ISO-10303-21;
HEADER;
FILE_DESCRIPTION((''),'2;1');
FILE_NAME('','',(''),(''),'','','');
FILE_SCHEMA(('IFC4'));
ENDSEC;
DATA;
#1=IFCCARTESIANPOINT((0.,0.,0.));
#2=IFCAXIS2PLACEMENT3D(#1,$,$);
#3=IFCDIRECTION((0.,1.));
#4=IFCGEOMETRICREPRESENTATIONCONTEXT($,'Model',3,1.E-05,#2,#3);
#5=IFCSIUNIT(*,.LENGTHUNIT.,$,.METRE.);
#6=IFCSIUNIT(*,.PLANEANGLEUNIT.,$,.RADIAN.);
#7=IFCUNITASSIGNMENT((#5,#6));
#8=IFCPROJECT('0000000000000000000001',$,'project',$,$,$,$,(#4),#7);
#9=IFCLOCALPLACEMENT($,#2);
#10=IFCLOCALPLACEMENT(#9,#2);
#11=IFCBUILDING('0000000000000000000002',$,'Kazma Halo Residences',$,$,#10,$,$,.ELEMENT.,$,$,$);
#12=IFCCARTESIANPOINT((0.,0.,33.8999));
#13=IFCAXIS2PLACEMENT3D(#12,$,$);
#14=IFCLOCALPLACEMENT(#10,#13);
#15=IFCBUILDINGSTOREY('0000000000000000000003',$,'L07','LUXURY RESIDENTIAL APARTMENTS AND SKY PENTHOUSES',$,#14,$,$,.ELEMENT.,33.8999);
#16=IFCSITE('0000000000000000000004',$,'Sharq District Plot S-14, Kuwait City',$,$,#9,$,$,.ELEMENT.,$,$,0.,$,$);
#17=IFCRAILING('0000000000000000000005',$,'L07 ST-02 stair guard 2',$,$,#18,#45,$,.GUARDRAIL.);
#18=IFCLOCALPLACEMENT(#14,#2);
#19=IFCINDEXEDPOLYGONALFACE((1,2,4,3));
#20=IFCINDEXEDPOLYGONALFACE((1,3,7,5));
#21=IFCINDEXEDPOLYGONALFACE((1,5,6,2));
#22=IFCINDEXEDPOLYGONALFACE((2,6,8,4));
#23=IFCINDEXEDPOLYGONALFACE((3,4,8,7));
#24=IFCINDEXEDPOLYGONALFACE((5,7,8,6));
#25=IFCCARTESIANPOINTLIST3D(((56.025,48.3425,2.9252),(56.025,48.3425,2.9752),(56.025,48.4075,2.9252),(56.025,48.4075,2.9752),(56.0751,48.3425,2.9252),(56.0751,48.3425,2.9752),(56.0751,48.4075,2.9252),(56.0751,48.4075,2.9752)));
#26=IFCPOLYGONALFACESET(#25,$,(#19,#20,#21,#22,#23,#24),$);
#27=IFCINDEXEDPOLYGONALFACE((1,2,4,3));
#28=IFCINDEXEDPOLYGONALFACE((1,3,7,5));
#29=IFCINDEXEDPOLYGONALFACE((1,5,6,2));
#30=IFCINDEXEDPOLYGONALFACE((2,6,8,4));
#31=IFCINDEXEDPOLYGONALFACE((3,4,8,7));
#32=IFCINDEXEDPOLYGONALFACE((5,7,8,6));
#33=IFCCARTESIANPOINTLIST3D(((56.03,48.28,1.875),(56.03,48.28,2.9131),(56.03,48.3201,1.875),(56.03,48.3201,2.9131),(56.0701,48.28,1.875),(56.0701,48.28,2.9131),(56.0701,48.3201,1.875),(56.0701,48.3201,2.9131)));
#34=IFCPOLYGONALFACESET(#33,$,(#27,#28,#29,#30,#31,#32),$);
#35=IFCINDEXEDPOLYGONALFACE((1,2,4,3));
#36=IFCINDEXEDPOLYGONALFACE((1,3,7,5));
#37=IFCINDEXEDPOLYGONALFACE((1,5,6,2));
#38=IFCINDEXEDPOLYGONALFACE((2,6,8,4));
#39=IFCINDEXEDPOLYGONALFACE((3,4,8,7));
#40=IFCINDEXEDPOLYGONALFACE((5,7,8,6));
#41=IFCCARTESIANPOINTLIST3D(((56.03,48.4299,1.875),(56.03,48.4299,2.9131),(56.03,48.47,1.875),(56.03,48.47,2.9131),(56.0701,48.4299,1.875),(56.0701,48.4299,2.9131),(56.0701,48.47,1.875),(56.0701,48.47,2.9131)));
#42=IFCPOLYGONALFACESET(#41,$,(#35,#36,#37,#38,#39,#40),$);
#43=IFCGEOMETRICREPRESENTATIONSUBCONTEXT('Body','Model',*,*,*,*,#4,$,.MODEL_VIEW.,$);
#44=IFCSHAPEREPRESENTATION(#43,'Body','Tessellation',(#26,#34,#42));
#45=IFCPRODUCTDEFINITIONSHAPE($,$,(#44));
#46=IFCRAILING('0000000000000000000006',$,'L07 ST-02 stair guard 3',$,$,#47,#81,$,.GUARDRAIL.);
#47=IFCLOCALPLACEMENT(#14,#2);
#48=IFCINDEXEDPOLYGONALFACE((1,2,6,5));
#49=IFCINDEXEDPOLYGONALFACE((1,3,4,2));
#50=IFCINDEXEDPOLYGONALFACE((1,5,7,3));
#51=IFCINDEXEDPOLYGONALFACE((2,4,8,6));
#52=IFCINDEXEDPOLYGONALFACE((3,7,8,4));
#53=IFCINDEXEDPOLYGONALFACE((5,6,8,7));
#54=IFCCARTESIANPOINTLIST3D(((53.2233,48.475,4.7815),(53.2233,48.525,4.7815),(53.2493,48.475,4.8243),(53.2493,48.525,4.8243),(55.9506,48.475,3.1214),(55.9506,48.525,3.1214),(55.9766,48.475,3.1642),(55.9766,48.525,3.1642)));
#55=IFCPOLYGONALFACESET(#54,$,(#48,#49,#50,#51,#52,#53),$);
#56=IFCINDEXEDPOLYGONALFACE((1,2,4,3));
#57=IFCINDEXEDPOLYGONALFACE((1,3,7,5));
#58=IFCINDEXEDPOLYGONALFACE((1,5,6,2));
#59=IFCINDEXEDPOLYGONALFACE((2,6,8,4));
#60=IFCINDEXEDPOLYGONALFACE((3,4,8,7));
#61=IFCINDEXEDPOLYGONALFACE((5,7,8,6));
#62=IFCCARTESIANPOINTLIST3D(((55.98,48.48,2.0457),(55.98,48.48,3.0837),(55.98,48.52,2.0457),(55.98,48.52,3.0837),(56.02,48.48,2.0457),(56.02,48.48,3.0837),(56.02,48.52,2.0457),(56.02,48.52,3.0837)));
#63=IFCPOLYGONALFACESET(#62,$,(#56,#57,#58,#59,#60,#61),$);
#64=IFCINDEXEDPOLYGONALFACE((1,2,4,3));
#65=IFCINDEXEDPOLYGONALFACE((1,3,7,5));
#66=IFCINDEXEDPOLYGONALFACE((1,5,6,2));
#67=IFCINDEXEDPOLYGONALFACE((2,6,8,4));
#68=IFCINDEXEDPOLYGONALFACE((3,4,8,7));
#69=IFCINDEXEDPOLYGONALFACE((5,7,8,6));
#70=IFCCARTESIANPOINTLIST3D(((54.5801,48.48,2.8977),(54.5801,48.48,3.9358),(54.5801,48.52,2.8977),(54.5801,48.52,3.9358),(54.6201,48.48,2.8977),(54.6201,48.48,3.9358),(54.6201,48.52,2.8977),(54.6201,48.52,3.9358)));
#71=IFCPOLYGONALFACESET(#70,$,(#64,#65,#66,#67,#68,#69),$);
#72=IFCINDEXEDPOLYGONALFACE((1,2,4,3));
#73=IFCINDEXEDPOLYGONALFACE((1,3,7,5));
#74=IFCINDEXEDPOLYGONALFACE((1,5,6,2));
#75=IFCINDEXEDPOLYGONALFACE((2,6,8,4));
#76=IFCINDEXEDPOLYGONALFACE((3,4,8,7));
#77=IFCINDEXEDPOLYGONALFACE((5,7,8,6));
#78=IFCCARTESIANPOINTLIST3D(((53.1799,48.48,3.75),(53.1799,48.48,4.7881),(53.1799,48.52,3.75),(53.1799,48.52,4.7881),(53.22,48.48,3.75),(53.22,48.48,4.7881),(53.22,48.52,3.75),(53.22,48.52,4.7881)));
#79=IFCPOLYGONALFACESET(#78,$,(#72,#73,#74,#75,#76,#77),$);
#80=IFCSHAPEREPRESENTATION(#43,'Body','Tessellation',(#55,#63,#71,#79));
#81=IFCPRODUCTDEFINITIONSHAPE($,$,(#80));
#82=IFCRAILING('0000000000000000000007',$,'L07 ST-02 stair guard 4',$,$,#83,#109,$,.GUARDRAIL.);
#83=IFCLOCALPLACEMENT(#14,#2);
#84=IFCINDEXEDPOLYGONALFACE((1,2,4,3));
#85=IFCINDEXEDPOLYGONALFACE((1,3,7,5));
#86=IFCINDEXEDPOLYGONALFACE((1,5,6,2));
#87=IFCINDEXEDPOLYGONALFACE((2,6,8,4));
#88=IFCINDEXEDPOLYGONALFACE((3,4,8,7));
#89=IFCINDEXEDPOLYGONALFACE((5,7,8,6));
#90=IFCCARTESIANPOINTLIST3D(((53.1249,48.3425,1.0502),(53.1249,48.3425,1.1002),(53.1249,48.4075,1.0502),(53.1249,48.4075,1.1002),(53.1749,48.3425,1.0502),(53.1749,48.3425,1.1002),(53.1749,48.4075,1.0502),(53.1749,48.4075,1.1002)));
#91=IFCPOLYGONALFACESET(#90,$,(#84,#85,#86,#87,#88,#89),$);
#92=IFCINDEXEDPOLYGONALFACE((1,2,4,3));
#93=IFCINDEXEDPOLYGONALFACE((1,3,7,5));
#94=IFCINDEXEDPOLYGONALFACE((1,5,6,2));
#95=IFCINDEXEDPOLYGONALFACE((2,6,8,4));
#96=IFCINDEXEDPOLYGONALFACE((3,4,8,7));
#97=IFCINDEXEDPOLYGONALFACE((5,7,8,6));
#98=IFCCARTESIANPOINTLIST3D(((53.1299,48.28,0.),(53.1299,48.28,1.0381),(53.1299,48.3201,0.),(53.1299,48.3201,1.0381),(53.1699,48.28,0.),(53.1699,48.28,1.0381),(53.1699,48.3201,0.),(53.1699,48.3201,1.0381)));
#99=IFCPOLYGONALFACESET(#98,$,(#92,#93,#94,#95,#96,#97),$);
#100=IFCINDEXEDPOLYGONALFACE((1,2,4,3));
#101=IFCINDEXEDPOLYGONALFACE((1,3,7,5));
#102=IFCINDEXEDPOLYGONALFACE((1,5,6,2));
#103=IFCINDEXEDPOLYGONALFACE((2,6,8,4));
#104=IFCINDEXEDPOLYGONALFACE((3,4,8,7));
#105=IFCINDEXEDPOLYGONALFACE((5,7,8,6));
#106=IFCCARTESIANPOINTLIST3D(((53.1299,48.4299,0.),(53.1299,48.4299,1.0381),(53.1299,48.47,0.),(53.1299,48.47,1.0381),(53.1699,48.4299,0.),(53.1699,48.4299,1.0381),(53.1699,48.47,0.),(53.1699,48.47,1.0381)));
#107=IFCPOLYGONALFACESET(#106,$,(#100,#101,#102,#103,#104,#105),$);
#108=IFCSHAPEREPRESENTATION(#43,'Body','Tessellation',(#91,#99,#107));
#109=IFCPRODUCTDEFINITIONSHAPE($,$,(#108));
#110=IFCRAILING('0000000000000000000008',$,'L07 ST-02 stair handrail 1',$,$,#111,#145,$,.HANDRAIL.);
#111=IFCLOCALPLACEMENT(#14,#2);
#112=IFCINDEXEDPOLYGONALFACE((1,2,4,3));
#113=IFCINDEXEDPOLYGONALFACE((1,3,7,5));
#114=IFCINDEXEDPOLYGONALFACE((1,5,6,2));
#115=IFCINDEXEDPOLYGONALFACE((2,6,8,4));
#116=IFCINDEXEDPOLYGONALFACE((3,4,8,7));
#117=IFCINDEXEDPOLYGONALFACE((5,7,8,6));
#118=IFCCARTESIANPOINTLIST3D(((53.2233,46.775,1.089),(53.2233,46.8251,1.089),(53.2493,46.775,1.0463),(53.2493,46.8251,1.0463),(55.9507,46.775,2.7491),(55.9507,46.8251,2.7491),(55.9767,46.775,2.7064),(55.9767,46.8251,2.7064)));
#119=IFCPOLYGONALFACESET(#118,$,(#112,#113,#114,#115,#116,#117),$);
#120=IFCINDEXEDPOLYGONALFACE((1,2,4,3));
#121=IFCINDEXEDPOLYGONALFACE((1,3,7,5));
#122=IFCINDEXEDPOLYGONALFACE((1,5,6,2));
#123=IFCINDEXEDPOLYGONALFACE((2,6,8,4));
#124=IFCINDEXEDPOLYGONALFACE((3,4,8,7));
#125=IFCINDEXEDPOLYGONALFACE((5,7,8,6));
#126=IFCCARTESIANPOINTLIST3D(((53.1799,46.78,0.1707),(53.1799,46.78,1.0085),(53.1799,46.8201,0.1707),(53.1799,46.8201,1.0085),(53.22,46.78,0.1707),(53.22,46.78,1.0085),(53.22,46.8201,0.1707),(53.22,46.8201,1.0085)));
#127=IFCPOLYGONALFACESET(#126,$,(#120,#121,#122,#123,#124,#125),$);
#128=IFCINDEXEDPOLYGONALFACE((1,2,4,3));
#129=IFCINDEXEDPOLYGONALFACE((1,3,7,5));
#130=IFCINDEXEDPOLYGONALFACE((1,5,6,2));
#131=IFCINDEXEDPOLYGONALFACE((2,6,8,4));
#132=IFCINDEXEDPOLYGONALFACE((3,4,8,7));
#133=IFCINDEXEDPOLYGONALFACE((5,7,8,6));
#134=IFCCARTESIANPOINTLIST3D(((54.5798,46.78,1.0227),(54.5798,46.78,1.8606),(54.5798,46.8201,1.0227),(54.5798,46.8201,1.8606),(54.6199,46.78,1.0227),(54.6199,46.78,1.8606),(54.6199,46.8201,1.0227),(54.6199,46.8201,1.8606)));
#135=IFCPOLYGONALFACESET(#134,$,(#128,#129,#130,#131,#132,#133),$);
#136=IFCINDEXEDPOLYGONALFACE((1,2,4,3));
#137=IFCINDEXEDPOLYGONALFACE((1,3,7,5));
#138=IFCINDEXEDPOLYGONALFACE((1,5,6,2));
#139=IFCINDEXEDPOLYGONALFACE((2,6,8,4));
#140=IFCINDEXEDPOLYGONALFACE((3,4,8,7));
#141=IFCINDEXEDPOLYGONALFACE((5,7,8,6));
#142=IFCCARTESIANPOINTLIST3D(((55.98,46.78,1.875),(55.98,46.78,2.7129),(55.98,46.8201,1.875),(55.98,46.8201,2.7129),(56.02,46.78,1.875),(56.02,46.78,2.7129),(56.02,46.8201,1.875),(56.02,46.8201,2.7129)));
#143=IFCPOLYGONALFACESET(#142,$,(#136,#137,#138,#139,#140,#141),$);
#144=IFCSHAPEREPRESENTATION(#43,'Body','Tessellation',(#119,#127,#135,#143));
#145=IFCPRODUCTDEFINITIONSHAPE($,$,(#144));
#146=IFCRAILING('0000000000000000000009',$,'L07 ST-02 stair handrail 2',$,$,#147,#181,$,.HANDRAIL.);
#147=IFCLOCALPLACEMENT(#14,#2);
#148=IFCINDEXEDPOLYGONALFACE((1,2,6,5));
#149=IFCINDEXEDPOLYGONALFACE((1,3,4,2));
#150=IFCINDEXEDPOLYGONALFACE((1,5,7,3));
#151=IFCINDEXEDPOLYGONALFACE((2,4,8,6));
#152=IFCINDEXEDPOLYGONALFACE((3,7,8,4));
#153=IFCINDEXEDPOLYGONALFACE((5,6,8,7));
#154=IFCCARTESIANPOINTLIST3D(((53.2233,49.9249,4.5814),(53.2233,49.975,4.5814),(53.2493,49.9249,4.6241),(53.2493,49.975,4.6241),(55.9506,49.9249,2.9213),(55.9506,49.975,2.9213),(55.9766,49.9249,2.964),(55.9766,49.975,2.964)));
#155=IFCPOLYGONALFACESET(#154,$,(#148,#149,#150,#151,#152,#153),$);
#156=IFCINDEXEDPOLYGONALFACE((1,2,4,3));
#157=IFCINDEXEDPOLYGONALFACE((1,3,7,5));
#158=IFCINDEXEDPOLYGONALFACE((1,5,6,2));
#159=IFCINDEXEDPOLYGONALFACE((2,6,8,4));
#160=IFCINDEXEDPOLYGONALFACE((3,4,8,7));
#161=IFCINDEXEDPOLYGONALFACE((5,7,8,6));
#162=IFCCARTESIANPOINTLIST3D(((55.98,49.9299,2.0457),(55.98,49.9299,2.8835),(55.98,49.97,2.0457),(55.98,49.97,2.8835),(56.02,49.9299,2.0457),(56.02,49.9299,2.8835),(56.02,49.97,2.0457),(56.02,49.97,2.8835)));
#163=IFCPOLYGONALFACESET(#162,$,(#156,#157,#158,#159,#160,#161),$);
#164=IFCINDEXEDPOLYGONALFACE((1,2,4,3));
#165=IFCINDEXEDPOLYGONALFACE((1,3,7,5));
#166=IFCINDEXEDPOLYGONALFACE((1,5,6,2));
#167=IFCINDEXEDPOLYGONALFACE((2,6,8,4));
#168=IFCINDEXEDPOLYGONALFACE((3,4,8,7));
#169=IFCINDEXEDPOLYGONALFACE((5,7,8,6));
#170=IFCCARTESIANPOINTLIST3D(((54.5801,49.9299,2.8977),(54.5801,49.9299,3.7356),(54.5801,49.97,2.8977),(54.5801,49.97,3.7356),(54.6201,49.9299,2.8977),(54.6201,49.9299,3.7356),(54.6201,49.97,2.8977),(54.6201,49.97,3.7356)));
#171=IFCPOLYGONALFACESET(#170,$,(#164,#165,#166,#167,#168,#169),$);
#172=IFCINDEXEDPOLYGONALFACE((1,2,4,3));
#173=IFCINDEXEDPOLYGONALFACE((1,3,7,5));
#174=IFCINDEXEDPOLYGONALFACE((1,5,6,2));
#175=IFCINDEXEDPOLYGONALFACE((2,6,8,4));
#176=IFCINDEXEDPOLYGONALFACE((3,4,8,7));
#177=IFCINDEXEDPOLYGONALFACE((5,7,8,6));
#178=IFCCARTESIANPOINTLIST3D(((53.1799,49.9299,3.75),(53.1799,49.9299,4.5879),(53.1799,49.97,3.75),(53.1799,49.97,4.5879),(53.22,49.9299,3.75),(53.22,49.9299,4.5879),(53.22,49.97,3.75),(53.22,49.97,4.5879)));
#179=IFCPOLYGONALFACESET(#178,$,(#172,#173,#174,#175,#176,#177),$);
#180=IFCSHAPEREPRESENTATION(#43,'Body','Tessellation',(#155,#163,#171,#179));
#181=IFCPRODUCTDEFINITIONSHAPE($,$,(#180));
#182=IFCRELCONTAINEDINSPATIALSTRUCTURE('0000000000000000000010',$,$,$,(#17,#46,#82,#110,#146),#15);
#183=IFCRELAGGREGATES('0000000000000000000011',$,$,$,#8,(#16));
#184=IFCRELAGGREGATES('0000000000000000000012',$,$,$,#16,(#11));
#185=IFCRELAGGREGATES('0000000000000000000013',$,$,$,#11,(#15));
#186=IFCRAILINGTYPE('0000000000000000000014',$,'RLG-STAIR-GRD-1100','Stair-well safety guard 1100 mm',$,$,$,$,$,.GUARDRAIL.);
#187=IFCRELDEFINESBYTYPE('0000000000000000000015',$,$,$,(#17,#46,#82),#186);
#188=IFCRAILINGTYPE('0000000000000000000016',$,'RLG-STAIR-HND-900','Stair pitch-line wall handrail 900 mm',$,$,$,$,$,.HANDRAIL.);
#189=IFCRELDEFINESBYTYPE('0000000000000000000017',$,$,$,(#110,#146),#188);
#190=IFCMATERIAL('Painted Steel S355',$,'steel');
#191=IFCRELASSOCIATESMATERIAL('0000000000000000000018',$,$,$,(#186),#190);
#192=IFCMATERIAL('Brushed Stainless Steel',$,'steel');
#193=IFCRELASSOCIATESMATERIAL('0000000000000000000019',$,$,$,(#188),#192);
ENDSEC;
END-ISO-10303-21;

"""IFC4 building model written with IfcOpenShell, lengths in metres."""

from ifc_helpers import new_model, si_unit, direction, frame, origin, origin_2d, place, context, subcontext, project, spatial, rectangle, extrude, material, type_object, element, save


model = new_model("IFC4")

# Units and contexts
model_context = context("Model", 3, precision=1e-05, world=origin(), true_north=direction((0.0, 1.0)))
body_context = subcontext(model_context, "Body", "Model", "MODEL_VIEW")
ifc_project = project(units=[si_unit("LENGTHUNIT", "METRE"), si_unit("PLANEANGLEUNIT", "RADIAN")], contexts=[model_context])

# Site, building, storey
site_placement = place(None, origin())
site = spatial("IfcSite", under=ifc_project, at=site_placement, Name="Sharq District Plot S-14, Kuwait City", CompositionType="ELEMENT", RefElevation=0.0)
building_placement = place(site_placement, origin())
building = spatial("IfcBuilding", under=site, at=building_placement, Name="Kazma Halo Residences", CompositionType="ELEMENT")
storey_placement = place(building_placement, frame((0.0, 0.0, 33.8999)))
storey = spatial("IfcBuildingStorey", under=building, at=storey_placement, Name="L07", Description="LUXURY RESIDENTIAL APARTMENTS AND SKY PENTHOUSES", CompositionType="ELEMENT", Elevation=33.8999)

# Railings
ifc_material_1 = material(Name="Painted Steel S355", Category="steel")
railing_type_1 = type_object("IfcRailingType", Name="RLG-STAIR-GRD-1100", Description="Stair-well safety guard 1100 mm", PredefinedType="GUARDRAIL", material=ifc_material_1)
railing_1_placement = place(storey_placement, frame((56.05, 48.3, 1.875)))
element("IfcRailing", 1, at=railing_1_placement, inside=storey, type_object=railing_type_1, Name="L07 ST-02 stair guard 2", PredefinedType="GUARDRAIL", context=body_context, shape_type="SweptSolid", body=[
    extrude(rectangle(XDim=0.05, YDim=0.05, at=origin_2d()), frame((0.0, 0.0425, 1.0752), z_axis=(0.0, 1.0, 0.0), x_axis=(-1.0, 0.0, 0.0)), (0.0, 0.0, 1.0), 0.0649),
    extrude(rectangle(XDim=0.04, YDim=0.04, at=origin_2d()), origin(), (0.0, 0.0, 1.0), 1.0381),
    extrude(rectangle(XDim=0.04, YDim=0.04, at=origin_2d()), frame((0.0, 0.1499, 0.0)), (0.0, 0.0, 1.0), 1.0381),
])
railing_2_placement = place(storey_placement, frame((56.0, 48.5, 2.0457)))
element("IfcRailing", 2, at=railing_2_placement, inside=storey, type_object=railing_type_1, Name="L07 ST-02 stair guard 3", PredefinedType="GUARDRAIL", context=body_context, shape_type="SweptSolid", body=[
    extrude(rectangle(XDim=0.05, YDim=0.05, at=origin_2d()), frame((-0.0364, 0.0, 1.0972), z_axis=(-0.854203, 0.0, 0.51994), x_axis=(0.0, -1.0, 0.0)), (0.0, 0.0, 1.0), 3.1929),
    extrude(rectangle(XDim=0.04, YDim=0.04, at=origin_2d()), origin(), (0.0, 0.0, 1.0), 1.0381),
    extrude(rectangle(XDim=0.04, YDim=0.04, at=origin_2d()), frame((-1.3999, 0.0, 0.8521)), (0.0, 0.0, 1.0), 1.0381),
    extrude(rectangle(XDim=0.04, YDim=0.04, at=origin_2d()), frame((-2.8, 0.0, 1.7043)), (0.0, 0.0, 1.0), 1.0381),
])
railing_3_placement = place(storey_placement, frame((53.1499, 48.3, 0.0)))
element("IfcRailing", 3, at=railing_3_placement, inside=storey, type_object=railing_type_1, Name="L07 ST-02 stair guard 4", PredefinedType="GUARDRAIL", context=body_context, shape_type="SweptSolid", body=[
    extrude(rectangle(XDim=0.05, YDim=0.05, at=origin_2d()), frame((0.0, 0.0425, 1.0752), z_axis=(0.0, 1.0, 0.0), x_axis=(-1.0, 0.0, 0.0)), (0.0, 0.0, 1.0), 0.0649),
    extrude(rectangle(XDim=0.04, YDim=0.04, at=origin_2d()), origin(), (0.0, 0.0, 1.0), 1.0381),
    extrude(rectangle(XDim=0.04, YDim=0.04, at=origin_2d()), frame((0.0, 0.1499, 0.0)), (0.0, 0.0, 1.0), 1.0381),
])
ifc_material_2 = material(Name="Brushed Stainless Steel", Category="steel")
railing_type_2 = type_object("IfcRailingType", Name="RLG-STAIR-HND-900", Description="Stair pitch-line wall handrail 900 mm", PredefinedType="HANDRAIL", material=ifc_material_2)
railing_4_placement = place(storey_placement, frame((53.2, 46.8, 0.1707)))
element("IfcRailing", 4, at=railing_4_placement, inside=storey, type_object=railing_type_2, Name="L07 ST-02 stair handrail 1", PredefinedType="HANDRAIL", context=body_context, shape_type="SweptSolid", body=[
    extrude(rectangle(XDim=0.05, YDim=0.05, at=origin_2d()), frame((0.0364, 0.0, 0.897), z_axis=(0.854203, 0.0, 0.51994), x_axis=(0.0, 1.0, 0.0)), (0.0, 0.0, 1.0), 3.1929),
    extrude(rectangle(XDim=0.04, YDim=0.04, at=origin_2d()), origin(), (0.0, 0.0, 1.0), 0.8379),
    extrude(rectangle(XDim=0.04, YDim=0.04, at=origin_2d()), frame((1.3999, 0.0, 0.8521)), (0.0, 0.0, 1.0), 0.8379),
    extrude(rectangle(XDim=0.04, YDim=0.04, at=origin_2d()), frame((2.8, 0.0, 1.7043)), (0.0, 0.0, 1.0), 0.8379),
])
railing_5_placement = place(storey_placement, frame((56.0, 49.95, 2.0457)))
element("IfcRailing", 5, at=railing_5_placement, inside=storey, type_object=railing_type_2, Name="L07 ST-02 stair handrail 2", PredefinedType="HANDRAIL", context=body_context, shape_type="SweptSolid", body=[
    extrude(rectangle(XDim=0.05, YDim=0.05, at=origin_2d()), frame((-0.0364, 0.0, 0.897), z_axis=(-0.854203, 0.0, 0.51994), x_axis=(0.0, -1.0, 0.0)), (0.0, 0.0, 1.0), 3.1929),
    extrude(rectangle(XDim=0.04, YDim=0.04, at=origin_2d()), origin(), (0.0, 0.0, 1.0), 0.8379),
    extrude(rectangle(XDim=0.04, YDim=0.04, at=origin_2d()), frame((-1.3999, 0.0, 0.8521)), (0.0, 0.0, 1.0), 0.8379),
    extrude(rectangle(XDim=0.04, YDim=0.04, at=origin_2d()), frame((-2.8, 0.0, 1.7043)), (0.0, 0.0, 1.0), 0.8379),
])

save(model, "model.ifc")
